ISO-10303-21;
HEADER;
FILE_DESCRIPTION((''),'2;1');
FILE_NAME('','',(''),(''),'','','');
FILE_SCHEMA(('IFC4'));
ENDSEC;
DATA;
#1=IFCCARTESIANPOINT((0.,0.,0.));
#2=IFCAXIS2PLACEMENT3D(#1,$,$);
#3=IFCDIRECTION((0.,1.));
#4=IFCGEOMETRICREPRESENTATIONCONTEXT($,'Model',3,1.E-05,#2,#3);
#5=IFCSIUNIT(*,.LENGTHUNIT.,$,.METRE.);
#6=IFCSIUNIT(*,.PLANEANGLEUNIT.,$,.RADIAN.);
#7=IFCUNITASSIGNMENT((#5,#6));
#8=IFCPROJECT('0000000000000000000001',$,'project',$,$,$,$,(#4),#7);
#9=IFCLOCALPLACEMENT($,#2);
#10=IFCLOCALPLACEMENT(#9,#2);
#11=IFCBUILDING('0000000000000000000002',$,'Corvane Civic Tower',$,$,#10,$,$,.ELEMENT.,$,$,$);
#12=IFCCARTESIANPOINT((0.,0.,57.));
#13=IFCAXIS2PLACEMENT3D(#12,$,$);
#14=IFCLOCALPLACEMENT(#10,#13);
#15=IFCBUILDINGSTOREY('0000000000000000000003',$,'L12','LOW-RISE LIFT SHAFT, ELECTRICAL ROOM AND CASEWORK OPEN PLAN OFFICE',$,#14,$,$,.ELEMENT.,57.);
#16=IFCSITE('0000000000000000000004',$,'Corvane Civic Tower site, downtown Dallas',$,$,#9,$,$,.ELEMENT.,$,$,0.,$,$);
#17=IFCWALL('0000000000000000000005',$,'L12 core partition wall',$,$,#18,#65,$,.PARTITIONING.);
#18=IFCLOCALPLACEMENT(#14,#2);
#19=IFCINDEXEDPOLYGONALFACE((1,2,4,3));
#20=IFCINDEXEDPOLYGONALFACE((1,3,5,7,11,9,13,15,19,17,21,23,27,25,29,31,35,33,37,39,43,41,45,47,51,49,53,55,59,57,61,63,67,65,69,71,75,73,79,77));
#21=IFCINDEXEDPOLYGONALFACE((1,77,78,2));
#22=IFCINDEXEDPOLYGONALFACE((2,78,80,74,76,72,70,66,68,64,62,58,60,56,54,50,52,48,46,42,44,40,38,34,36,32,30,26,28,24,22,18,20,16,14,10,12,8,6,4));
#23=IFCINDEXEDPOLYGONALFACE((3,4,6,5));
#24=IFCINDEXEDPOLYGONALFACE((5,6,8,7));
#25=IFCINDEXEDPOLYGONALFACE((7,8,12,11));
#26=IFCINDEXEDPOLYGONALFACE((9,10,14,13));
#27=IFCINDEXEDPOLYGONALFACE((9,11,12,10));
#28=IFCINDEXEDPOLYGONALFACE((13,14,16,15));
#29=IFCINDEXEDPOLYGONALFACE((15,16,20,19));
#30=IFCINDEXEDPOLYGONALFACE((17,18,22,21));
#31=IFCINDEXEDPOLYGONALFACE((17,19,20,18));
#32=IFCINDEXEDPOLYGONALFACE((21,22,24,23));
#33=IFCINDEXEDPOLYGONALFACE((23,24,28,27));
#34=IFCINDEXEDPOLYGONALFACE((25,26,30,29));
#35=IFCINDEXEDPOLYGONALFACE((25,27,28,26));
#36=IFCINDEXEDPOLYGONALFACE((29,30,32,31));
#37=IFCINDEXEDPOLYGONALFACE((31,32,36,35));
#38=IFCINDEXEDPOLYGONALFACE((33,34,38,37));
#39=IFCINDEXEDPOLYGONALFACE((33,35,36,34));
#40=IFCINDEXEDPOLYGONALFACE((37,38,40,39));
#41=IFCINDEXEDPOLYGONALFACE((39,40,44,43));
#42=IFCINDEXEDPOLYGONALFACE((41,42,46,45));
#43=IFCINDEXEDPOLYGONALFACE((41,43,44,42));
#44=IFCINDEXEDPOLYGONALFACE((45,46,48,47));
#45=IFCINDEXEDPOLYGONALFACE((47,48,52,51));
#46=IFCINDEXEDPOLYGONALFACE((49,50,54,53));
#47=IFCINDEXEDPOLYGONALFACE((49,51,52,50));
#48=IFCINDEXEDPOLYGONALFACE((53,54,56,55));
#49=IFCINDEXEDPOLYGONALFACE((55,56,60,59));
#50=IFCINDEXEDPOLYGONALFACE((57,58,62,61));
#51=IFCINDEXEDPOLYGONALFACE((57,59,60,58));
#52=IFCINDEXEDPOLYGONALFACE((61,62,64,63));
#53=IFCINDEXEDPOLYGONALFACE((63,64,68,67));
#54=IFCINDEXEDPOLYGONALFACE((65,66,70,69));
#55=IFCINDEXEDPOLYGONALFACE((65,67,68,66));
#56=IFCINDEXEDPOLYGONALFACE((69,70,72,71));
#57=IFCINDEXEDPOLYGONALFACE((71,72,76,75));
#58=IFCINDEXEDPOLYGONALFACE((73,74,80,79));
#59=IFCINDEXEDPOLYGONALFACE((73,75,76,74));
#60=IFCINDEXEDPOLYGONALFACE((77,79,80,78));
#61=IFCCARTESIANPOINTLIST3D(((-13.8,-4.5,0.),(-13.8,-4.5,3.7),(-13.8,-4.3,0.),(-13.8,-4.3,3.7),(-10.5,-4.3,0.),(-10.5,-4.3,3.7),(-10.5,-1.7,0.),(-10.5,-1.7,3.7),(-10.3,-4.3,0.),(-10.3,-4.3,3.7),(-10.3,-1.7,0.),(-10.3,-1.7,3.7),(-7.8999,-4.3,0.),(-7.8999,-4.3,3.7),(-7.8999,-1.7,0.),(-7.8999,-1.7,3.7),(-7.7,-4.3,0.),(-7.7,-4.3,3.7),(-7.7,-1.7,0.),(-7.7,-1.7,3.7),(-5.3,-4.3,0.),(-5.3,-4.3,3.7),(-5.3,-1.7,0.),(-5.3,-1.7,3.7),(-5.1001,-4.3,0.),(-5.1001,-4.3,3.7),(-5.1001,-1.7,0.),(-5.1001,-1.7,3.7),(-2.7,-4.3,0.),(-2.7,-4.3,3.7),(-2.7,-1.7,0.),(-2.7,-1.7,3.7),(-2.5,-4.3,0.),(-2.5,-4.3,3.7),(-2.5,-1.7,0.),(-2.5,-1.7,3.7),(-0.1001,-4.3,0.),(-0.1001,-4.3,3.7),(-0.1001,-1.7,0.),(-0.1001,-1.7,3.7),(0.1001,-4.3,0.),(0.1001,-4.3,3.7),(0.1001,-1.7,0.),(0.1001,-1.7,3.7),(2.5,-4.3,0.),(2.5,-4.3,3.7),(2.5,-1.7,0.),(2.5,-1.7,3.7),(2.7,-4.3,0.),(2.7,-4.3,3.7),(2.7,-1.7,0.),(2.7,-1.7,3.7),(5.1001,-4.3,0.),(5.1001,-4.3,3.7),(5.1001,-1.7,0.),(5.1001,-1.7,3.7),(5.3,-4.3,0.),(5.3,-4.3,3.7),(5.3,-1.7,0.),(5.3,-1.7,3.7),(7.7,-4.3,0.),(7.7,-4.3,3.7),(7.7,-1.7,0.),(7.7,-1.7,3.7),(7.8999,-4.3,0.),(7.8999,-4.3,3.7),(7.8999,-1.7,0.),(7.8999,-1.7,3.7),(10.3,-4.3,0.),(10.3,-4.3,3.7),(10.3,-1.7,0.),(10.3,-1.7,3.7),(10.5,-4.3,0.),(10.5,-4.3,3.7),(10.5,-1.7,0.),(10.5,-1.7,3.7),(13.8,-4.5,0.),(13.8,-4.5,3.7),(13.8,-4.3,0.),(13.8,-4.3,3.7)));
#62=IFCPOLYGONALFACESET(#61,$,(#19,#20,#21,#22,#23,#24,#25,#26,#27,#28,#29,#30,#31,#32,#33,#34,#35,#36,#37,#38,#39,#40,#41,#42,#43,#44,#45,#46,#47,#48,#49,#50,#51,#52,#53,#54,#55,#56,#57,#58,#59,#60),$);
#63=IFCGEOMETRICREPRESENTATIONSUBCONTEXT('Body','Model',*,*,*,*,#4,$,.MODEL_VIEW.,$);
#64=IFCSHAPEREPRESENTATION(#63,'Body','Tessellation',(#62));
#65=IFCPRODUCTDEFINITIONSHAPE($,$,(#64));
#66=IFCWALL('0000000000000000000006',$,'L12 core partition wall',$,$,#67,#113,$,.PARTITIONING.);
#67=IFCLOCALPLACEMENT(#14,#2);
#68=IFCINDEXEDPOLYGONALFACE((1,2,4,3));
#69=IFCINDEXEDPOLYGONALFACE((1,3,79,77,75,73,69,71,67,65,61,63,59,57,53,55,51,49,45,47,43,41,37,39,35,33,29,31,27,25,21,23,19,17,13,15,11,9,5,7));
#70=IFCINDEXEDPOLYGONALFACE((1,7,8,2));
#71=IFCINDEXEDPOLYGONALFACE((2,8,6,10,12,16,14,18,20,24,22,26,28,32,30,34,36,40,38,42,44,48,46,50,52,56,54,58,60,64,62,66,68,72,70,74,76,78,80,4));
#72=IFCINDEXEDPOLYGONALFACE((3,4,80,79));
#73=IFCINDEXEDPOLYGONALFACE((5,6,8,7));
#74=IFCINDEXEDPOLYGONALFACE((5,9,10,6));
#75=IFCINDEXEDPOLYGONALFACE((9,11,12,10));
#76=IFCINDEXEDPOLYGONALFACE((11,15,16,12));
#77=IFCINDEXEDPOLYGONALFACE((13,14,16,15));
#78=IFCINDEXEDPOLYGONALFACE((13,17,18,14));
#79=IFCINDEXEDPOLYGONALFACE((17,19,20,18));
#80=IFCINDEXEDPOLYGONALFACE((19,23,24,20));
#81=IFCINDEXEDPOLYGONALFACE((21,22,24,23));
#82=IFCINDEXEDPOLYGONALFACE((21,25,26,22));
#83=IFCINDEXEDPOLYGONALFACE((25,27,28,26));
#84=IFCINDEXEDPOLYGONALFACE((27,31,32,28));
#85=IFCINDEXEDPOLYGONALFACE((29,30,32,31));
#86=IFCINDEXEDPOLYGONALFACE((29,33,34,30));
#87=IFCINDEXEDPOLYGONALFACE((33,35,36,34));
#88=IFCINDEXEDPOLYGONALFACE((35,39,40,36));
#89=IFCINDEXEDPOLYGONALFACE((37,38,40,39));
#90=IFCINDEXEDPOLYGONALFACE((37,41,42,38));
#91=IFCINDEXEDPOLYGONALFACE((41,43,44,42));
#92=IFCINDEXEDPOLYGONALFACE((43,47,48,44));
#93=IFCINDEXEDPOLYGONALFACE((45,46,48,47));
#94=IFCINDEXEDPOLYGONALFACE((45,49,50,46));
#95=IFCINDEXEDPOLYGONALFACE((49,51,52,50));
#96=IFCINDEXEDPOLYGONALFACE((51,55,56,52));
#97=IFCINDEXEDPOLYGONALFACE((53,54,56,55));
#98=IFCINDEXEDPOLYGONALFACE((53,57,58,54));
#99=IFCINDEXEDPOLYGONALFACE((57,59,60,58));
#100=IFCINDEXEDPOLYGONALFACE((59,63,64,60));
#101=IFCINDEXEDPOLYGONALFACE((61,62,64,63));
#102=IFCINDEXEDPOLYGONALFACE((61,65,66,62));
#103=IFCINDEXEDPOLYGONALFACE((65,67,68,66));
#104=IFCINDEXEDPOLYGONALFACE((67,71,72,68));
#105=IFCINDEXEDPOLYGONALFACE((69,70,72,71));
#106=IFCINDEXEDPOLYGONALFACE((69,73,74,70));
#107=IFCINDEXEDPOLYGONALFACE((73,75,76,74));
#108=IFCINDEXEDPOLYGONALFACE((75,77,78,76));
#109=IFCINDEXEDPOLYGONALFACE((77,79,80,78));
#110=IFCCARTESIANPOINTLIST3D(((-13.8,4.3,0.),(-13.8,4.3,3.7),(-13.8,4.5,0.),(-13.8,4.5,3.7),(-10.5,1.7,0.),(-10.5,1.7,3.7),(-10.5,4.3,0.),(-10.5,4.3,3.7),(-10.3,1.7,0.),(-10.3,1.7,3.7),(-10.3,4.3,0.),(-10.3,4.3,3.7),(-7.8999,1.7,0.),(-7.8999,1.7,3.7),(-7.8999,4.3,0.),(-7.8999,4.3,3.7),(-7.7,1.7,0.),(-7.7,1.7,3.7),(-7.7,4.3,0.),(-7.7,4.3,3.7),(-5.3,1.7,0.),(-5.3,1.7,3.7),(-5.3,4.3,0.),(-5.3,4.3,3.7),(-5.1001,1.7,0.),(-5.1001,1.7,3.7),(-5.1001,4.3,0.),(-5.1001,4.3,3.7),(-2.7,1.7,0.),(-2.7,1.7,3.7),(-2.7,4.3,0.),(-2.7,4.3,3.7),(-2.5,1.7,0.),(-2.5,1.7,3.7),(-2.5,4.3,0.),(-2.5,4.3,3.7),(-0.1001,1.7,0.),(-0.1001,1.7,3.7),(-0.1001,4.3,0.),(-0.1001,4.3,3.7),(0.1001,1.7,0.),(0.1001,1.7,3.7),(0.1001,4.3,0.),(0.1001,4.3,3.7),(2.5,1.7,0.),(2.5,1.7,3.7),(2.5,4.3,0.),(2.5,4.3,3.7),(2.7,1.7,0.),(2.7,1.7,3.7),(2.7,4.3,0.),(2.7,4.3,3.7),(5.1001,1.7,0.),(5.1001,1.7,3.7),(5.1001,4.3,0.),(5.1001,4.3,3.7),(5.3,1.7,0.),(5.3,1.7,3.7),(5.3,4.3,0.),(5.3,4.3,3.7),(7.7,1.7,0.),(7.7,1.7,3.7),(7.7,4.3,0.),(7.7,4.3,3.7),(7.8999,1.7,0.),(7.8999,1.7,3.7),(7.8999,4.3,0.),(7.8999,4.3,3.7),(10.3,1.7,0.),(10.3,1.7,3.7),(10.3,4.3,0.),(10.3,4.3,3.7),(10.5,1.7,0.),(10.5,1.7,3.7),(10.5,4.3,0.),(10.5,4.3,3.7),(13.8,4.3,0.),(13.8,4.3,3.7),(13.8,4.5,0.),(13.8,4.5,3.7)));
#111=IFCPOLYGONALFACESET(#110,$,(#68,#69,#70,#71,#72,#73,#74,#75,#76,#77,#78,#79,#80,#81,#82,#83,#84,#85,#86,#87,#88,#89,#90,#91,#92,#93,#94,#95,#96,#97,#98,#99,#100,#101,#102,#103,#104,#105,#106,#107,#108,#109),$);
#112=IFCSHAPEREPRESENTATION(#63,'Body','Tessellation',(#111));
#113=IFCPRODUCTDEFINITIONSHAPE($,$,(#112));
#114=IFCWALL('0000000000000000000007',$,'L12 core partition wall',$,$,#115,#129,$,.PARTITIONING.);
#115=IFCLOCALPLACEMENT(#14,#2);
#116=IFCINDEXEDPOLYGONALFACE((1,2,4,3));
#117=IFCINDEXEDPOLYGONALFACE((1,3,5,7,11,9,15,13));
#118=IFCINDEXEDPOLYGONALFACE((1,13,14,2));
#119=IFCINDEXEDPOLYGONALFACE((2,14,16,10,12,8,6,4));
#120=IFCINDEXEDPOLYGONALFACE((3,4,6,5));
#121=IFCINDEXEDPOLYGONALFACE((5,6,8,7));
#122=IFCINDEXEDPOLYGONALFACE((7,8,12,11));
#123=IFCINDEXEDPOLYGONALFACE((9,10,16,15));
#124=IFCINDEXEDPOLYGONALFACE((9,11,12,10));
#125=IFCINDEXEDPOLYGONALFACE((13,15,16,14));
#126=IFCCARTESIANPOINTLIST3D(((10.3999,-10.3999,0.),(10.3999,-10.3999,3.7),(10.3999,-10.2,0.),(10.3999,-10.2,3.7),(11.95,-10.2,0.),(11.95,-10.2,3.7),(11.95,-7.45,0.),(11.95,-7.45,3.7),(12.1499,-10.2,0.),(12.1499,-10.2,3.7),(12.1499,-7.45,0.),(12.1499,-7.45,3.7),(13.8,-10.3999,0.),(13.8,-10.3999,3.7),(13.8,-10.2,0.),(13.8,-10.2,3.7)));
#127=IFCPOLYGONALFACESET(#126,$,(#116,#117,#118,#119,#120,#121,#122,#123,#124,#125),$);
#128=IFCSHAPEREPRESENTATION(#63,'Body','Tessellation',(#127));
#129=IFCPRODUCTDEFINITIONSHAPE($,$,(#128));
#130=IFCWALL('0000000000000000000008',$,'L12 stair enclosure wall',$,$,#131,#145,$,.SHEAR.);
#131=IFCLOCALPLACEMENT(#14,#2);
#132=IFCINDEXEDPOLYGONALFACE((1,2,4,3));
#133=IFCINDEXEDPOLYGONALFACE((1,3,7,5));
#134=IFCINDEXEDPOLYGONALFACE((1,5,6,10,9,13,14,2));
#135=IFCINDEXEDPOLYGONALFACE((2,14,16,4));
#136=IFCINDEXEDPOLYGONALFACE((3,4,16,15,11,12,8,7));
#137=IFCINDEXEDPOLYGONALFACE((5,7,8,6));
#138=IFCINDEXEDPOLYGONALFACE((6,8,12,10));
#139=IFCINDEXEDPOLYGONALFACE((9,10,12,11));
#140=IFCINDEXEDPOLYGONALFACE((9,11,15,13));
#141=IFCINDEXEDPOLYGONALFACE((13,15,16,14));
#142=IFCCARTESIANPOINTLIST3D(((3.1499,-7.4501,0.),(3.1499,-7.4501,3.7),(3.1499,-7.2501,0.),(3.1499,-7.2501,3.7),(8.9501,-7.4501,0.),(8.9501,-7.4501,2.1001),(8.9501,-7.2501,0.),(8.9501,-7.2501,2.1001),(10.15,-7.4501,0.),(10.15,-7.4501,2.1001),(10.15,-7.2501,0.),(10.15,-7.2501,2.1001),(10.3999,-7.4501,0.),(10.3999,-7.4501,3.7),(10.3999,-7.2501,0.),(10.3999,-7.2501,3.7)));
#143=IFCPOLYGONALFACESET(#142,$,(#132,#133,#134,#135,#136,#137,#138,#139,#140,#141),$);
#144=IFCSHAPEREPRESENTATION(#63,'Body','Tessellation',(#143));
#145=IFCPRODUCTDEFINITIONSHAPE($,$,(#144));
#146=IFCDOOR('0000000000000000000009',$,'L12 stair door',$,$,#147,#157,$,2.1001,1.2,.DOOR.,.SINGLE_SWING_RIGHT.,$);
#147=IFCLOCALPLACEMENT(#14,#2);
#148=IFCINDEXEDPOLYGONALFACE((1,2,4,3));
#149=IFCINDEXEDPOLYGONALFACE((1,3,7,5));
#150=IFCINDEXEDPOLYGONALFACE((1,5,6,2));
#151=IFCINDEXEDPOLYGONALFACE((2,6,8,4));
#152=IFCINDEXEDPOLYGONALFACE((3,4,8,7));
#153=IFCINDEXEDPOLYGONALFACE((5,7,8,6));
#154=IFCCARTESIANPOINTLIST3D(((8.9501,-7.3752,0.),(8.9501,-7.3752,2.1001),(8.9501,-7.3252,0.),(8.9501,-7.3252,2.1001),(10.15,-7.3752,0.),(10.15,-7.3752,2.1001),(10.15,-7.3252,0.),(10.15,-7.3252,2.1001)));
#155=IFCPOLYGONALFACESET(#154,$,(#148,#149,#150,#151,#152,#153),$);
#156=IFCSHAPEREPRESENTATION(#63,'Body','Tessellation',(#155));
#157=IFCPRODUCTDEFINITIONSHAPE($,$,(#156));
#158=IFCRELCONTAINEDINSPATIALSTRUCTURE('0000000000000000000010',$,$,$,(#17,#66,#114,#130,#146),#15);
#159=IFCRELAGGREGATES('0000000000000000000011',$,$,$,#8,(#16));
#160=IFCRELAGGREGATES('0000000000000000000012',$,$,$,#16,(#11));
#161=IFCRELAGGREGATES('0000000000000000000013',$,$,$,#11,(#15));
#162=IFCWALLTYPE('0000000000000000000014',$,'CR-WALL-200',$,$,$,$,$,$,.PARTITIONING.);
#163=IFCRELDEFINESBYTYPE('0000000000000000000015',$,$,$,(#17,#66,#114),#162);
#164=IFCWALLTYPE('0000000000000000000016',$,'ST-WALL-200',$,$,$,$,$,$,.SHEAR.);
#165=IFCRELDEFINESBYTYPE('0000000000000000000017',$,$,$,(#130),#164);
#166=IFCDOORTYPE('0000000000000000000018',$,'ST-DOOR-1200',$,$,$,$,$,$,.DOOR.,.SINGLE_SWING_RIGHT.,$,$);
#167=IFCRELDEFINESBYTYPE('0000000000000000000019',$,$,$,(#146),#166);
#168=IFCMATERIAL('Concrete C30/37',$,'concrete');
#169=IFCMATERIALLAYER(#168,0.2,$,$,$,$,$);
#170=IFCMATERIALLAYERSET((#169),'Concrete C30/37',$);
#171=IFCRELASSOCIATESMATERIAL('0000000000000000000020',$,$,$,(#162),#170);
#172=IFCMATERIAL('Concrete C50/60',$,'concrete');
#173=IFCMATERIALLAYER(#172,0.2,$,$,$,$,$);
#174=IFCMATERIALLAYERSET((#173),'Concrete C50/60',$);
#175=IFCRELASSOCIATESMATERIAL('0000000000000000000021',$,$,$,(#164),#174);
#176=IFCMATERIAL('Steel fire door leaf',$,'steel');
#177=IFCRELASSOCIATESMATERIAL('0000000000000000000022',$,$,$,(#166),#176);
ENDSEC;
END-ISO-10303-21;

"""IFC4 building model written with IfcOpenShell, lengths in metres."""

from ifc_helpers import new_model, si_unit, direction, frame, frame_2d, origin, place, context, subcontext, project, spatial, polyline, rectangle, outline, extrude, material, layer, layer_set, type_object, element, fill, save


model = new_model("IFC4")

# Units and contexts
model_context = context("Model", 3, precision=1e-05, world=origin(), true_north=direction((0.0, 1.0)))
body_context = subcontext(model_context, "Body", "Model", "MODEL_VIEW")
ifc_project = project(units=[si_unit("LENGTHUNIT", "METRE"), si_unit("PLANEANGLEUNIT", "RADIAN")], contexts=[model_context])

# Site, building, storey
site_placement = place(None, origin())
site = spatial("IfcSite", under=ifc_project, at=site_placement, Name="Corvane Civic Tower site, downtown Dallas", CompositionType="ELEMENT", RefElevation=0.0)
building_placement = place(site_placement, origin())
building = spatial("IfcBuilding", under=site, at=building_placement, Name="Corvane Civic Tower", CompositionType="ELEMENT")
storey_placement = place(building_placement, frame((0.0, 0.0, 57.0)))
storey = spatial("IfcBuildingStorey", under=building, at=storey_placement, Name="L12", Description="LOW-RISE LIFT SHAFT, ELECTRICAL ROOM AND CASEWORK OPEN PLAN OFFICE", CompositionType="ELEMENT", Elevation=57.0)

# Shared definitions
ifc_material_1 = material(Name="Concrete C30/37", Category="concrete")
ifc_layer_1 = layer(ifc_material_1, 0.2)
ifc_layer_set_1 = layer_set([ifc_layer_1], Name="Concrete C30/37")
wall_type_1 = type_object("IfcWallType", Name="CR-WALL-200", PredefinedType="PARTITIONING", material=ifc_layer_set_1)

# Walls
wall_1_placement = place(storey_placement, origin())
element("IfcWall", 1, at=wall_1_placement, inside=storey, type_object=wall_type_1, Name="L12 core partition wall", PredefinedType="PARTITIONING", context=body_context, shape_type="SweptSolid", body=[
    extrude(outline(polyline([(-10.3, -1.7), (-10.3, -4.3), (-7.8999, -4.3), (-7.8999, -1.7), (-7.7, -1.7), (-7.7, -4.3), (-5.3, -4.3), (-5.3, -1.7), (-5.1001, -1.7), (-5.1001, -4.3), (-2.7, -4.3), (-2.7, -1.7), (-2.5, -1.7), (-2.5, -4.3), (-0.1001, -4.3), (-0.1001, -1.7), (0.1001, -1.7), (0.1001, -4.3), (2.5, -4.3), (2.5, -1.7), (2.7, -1.7), (2.7, -4.3), (5.1001, -4.3), (5.1001, -1.7), (5.3, -1.7), (5.3, -4.3), (7.7, -4.3), (7.7, -1.7), (7.8999, -1.7), (7.8999, -4.3), (10.3, -4.3), (10.3, -1.7), (10.5, -1.7), (10.5, -4.3), (13.8, -4.3), (13.8, -4.5), (-13.8, -4.5), (-13.8, -4.3), (-10.5, -4.3), (-10.5, -1.7), (-10.3, -1.7)])), origin(), (0.0, 0.0, 1.0), 3.7),
])
wall_2_placement = place(storey_placement, origin())
element("IfcWall", 2, at=wall_2_placement, inside=storey, type_object=wall_type_1, Name="L12 core partition wall", PredefinedType="PARTITIONING", context=body_context, shape_type="SweptSolid", body=[
    extrude(outline(polyline([(-10.3, 1.7), (-10.5, 1.7), (-10.5, 4.3), (-13.8, 4.3), (-13.8, 4.5), (13.8, 4.5), (13.8, 4.3), (10.5, 4.3), (10.5, 1.7), (10.3, 1.7), (10.3, 4.3), (7.8999, 4.3), (7.8999, 1.7), (7.7, 1.7), (7.7, 4.3), (5.3, 4.3), (5.3, 1.7), (5.1001, 1.7), (5.1001, 4.3), (2.7, 4.3), (2.7, 1.7), (2.5, 1.7), (2.5, 4.3), (0.1001, 4.3), (0.1001, 1.7), (-0.1001, 1.7), (-0.1001, 4.3), (-2.5, 4.3), (-2.5, 1.7), (-2.7, 1.7), (-2.7, 4.3), (-5.1001, 4.3), (-5.1001, 1.7), (-5.3, 1.7), (-5.3, 4.3), (-7.7, 4.3), (-7.7, 1.7), (-7.8999, 1.7), (-7.8999, 4.3), (-10.3, 4.3), (-10.3, 1.7)])), origin(), (0.0, 0.0, 1.0), 3.7),
])
wall_3_placement = place(storey_placement, origin())
element("IfcWall", 3, at=wall_3_placement, inside=storey, type_object=wall_type_1, Name="L12 core partition wall", PredefinedType="PARTITIONING", context=body_context, shape_type="SweptSolid", body=[
    extrude(outline(polyline([(11.95, -7.45), (12.1499, -7.45), (12.1499, -10.2), (13.8, -10.2), (13.8, -10.3999), (10.3999, -10.3999), (10.3999, -10.2), (11.95, -10.2), (11.95, -7.45)])), origin(), (0.0, 0.0, 1.0), 3.7),
])

# Wall, opening, door
ifc_material_2 = material(Name="Concrete C50/60", Category="concrete")
ifc_layer_2 = layer(ifc_material_2, 0.2)
ifc_layer_set_2 = layer_set([ifc_layer_2], Name="Concrete C50/60")
wall_type_2 = type_object("IfcWallType", Name="ST-WALL-200", PredefinedType="SHEAR", material=ifc_layer_set_2)
wall_4_placement = place(storey_placement, frame((3.1499, -7.3501, 0.0), z_axis=(0.0, 0.0, 1.0), x_axis=(1.0, 0.0, 0.0)))
wall_4 = element("IfcWall", 4, at=wall_4_placement, inside=storey, type_object=wall_type_2, Name="L12 stair enclosure wall", PredefinedType="SHEAR", context=body_context, shape_type="SweptSolid", body=[
    extrude(rectangle(XDim=7.25, YDim=0.2, at=frame_2d((3.625, 0.0))), origin(), (0.0, 0.0, 1.0), 3.7),
])
opening_1_placement = place(wall_4_placement, frame((5.8, 0.0, 0.0)))
opening_1 = element("IfcOpeningElement", 5, at=opening_1_placement, cuts=wall_4, PredefinedType="OPENING", context=body_context, shape_type="SweptSolid", body=[
    extrude(rectangle(XDim=1.2, YDim=2.1001, at=frame_2d((0.6001, 1.05))), frame((0.0, 0.1099, 0.0), z_axis=(0.0, -1.0, 0.0), x_axis=(1.0, 0.0, 0.0)), (0.0, 0.0, 1.0), 0.22),
])
ifc_material_3 = material(Name="Steel fire door leaf", Category="steel")
door_type_1 = type_object("IfcDoorType", Name="ST-DOOR-1200", OperationType="SINGLE_SWING_RIGHT", PredefinedType="DOOR", material=ifc_material_3)
door_1_placement = place(opening_1_placement, origin())
door_1 = element("IfcDoor", 6, at=door_1_placement, inside=storey, type_object=door_type_1, Name="L12 stair door", OperationType="SINGLE_SWING_RIGHT", OverallHeight=2.1001, OverallWidth=1.2, PredefinedType="DOOR", context=body_context, shape_type="SweptSolid", body=[
    extrude(rectangle(XDim=1.2, YDim=2.1001, at=frame_2d((0.6001, 1.05))), frame((0.0, 0.0249, 0.0), z_axis=(0.0, -1.0, 0.0), x_axis=(1.0, 0.0, 0.0)), (0.0, 0.0, 1.0), 0.05),
])
fill(opening_1, door_1)

save(model, "model.ifc")
